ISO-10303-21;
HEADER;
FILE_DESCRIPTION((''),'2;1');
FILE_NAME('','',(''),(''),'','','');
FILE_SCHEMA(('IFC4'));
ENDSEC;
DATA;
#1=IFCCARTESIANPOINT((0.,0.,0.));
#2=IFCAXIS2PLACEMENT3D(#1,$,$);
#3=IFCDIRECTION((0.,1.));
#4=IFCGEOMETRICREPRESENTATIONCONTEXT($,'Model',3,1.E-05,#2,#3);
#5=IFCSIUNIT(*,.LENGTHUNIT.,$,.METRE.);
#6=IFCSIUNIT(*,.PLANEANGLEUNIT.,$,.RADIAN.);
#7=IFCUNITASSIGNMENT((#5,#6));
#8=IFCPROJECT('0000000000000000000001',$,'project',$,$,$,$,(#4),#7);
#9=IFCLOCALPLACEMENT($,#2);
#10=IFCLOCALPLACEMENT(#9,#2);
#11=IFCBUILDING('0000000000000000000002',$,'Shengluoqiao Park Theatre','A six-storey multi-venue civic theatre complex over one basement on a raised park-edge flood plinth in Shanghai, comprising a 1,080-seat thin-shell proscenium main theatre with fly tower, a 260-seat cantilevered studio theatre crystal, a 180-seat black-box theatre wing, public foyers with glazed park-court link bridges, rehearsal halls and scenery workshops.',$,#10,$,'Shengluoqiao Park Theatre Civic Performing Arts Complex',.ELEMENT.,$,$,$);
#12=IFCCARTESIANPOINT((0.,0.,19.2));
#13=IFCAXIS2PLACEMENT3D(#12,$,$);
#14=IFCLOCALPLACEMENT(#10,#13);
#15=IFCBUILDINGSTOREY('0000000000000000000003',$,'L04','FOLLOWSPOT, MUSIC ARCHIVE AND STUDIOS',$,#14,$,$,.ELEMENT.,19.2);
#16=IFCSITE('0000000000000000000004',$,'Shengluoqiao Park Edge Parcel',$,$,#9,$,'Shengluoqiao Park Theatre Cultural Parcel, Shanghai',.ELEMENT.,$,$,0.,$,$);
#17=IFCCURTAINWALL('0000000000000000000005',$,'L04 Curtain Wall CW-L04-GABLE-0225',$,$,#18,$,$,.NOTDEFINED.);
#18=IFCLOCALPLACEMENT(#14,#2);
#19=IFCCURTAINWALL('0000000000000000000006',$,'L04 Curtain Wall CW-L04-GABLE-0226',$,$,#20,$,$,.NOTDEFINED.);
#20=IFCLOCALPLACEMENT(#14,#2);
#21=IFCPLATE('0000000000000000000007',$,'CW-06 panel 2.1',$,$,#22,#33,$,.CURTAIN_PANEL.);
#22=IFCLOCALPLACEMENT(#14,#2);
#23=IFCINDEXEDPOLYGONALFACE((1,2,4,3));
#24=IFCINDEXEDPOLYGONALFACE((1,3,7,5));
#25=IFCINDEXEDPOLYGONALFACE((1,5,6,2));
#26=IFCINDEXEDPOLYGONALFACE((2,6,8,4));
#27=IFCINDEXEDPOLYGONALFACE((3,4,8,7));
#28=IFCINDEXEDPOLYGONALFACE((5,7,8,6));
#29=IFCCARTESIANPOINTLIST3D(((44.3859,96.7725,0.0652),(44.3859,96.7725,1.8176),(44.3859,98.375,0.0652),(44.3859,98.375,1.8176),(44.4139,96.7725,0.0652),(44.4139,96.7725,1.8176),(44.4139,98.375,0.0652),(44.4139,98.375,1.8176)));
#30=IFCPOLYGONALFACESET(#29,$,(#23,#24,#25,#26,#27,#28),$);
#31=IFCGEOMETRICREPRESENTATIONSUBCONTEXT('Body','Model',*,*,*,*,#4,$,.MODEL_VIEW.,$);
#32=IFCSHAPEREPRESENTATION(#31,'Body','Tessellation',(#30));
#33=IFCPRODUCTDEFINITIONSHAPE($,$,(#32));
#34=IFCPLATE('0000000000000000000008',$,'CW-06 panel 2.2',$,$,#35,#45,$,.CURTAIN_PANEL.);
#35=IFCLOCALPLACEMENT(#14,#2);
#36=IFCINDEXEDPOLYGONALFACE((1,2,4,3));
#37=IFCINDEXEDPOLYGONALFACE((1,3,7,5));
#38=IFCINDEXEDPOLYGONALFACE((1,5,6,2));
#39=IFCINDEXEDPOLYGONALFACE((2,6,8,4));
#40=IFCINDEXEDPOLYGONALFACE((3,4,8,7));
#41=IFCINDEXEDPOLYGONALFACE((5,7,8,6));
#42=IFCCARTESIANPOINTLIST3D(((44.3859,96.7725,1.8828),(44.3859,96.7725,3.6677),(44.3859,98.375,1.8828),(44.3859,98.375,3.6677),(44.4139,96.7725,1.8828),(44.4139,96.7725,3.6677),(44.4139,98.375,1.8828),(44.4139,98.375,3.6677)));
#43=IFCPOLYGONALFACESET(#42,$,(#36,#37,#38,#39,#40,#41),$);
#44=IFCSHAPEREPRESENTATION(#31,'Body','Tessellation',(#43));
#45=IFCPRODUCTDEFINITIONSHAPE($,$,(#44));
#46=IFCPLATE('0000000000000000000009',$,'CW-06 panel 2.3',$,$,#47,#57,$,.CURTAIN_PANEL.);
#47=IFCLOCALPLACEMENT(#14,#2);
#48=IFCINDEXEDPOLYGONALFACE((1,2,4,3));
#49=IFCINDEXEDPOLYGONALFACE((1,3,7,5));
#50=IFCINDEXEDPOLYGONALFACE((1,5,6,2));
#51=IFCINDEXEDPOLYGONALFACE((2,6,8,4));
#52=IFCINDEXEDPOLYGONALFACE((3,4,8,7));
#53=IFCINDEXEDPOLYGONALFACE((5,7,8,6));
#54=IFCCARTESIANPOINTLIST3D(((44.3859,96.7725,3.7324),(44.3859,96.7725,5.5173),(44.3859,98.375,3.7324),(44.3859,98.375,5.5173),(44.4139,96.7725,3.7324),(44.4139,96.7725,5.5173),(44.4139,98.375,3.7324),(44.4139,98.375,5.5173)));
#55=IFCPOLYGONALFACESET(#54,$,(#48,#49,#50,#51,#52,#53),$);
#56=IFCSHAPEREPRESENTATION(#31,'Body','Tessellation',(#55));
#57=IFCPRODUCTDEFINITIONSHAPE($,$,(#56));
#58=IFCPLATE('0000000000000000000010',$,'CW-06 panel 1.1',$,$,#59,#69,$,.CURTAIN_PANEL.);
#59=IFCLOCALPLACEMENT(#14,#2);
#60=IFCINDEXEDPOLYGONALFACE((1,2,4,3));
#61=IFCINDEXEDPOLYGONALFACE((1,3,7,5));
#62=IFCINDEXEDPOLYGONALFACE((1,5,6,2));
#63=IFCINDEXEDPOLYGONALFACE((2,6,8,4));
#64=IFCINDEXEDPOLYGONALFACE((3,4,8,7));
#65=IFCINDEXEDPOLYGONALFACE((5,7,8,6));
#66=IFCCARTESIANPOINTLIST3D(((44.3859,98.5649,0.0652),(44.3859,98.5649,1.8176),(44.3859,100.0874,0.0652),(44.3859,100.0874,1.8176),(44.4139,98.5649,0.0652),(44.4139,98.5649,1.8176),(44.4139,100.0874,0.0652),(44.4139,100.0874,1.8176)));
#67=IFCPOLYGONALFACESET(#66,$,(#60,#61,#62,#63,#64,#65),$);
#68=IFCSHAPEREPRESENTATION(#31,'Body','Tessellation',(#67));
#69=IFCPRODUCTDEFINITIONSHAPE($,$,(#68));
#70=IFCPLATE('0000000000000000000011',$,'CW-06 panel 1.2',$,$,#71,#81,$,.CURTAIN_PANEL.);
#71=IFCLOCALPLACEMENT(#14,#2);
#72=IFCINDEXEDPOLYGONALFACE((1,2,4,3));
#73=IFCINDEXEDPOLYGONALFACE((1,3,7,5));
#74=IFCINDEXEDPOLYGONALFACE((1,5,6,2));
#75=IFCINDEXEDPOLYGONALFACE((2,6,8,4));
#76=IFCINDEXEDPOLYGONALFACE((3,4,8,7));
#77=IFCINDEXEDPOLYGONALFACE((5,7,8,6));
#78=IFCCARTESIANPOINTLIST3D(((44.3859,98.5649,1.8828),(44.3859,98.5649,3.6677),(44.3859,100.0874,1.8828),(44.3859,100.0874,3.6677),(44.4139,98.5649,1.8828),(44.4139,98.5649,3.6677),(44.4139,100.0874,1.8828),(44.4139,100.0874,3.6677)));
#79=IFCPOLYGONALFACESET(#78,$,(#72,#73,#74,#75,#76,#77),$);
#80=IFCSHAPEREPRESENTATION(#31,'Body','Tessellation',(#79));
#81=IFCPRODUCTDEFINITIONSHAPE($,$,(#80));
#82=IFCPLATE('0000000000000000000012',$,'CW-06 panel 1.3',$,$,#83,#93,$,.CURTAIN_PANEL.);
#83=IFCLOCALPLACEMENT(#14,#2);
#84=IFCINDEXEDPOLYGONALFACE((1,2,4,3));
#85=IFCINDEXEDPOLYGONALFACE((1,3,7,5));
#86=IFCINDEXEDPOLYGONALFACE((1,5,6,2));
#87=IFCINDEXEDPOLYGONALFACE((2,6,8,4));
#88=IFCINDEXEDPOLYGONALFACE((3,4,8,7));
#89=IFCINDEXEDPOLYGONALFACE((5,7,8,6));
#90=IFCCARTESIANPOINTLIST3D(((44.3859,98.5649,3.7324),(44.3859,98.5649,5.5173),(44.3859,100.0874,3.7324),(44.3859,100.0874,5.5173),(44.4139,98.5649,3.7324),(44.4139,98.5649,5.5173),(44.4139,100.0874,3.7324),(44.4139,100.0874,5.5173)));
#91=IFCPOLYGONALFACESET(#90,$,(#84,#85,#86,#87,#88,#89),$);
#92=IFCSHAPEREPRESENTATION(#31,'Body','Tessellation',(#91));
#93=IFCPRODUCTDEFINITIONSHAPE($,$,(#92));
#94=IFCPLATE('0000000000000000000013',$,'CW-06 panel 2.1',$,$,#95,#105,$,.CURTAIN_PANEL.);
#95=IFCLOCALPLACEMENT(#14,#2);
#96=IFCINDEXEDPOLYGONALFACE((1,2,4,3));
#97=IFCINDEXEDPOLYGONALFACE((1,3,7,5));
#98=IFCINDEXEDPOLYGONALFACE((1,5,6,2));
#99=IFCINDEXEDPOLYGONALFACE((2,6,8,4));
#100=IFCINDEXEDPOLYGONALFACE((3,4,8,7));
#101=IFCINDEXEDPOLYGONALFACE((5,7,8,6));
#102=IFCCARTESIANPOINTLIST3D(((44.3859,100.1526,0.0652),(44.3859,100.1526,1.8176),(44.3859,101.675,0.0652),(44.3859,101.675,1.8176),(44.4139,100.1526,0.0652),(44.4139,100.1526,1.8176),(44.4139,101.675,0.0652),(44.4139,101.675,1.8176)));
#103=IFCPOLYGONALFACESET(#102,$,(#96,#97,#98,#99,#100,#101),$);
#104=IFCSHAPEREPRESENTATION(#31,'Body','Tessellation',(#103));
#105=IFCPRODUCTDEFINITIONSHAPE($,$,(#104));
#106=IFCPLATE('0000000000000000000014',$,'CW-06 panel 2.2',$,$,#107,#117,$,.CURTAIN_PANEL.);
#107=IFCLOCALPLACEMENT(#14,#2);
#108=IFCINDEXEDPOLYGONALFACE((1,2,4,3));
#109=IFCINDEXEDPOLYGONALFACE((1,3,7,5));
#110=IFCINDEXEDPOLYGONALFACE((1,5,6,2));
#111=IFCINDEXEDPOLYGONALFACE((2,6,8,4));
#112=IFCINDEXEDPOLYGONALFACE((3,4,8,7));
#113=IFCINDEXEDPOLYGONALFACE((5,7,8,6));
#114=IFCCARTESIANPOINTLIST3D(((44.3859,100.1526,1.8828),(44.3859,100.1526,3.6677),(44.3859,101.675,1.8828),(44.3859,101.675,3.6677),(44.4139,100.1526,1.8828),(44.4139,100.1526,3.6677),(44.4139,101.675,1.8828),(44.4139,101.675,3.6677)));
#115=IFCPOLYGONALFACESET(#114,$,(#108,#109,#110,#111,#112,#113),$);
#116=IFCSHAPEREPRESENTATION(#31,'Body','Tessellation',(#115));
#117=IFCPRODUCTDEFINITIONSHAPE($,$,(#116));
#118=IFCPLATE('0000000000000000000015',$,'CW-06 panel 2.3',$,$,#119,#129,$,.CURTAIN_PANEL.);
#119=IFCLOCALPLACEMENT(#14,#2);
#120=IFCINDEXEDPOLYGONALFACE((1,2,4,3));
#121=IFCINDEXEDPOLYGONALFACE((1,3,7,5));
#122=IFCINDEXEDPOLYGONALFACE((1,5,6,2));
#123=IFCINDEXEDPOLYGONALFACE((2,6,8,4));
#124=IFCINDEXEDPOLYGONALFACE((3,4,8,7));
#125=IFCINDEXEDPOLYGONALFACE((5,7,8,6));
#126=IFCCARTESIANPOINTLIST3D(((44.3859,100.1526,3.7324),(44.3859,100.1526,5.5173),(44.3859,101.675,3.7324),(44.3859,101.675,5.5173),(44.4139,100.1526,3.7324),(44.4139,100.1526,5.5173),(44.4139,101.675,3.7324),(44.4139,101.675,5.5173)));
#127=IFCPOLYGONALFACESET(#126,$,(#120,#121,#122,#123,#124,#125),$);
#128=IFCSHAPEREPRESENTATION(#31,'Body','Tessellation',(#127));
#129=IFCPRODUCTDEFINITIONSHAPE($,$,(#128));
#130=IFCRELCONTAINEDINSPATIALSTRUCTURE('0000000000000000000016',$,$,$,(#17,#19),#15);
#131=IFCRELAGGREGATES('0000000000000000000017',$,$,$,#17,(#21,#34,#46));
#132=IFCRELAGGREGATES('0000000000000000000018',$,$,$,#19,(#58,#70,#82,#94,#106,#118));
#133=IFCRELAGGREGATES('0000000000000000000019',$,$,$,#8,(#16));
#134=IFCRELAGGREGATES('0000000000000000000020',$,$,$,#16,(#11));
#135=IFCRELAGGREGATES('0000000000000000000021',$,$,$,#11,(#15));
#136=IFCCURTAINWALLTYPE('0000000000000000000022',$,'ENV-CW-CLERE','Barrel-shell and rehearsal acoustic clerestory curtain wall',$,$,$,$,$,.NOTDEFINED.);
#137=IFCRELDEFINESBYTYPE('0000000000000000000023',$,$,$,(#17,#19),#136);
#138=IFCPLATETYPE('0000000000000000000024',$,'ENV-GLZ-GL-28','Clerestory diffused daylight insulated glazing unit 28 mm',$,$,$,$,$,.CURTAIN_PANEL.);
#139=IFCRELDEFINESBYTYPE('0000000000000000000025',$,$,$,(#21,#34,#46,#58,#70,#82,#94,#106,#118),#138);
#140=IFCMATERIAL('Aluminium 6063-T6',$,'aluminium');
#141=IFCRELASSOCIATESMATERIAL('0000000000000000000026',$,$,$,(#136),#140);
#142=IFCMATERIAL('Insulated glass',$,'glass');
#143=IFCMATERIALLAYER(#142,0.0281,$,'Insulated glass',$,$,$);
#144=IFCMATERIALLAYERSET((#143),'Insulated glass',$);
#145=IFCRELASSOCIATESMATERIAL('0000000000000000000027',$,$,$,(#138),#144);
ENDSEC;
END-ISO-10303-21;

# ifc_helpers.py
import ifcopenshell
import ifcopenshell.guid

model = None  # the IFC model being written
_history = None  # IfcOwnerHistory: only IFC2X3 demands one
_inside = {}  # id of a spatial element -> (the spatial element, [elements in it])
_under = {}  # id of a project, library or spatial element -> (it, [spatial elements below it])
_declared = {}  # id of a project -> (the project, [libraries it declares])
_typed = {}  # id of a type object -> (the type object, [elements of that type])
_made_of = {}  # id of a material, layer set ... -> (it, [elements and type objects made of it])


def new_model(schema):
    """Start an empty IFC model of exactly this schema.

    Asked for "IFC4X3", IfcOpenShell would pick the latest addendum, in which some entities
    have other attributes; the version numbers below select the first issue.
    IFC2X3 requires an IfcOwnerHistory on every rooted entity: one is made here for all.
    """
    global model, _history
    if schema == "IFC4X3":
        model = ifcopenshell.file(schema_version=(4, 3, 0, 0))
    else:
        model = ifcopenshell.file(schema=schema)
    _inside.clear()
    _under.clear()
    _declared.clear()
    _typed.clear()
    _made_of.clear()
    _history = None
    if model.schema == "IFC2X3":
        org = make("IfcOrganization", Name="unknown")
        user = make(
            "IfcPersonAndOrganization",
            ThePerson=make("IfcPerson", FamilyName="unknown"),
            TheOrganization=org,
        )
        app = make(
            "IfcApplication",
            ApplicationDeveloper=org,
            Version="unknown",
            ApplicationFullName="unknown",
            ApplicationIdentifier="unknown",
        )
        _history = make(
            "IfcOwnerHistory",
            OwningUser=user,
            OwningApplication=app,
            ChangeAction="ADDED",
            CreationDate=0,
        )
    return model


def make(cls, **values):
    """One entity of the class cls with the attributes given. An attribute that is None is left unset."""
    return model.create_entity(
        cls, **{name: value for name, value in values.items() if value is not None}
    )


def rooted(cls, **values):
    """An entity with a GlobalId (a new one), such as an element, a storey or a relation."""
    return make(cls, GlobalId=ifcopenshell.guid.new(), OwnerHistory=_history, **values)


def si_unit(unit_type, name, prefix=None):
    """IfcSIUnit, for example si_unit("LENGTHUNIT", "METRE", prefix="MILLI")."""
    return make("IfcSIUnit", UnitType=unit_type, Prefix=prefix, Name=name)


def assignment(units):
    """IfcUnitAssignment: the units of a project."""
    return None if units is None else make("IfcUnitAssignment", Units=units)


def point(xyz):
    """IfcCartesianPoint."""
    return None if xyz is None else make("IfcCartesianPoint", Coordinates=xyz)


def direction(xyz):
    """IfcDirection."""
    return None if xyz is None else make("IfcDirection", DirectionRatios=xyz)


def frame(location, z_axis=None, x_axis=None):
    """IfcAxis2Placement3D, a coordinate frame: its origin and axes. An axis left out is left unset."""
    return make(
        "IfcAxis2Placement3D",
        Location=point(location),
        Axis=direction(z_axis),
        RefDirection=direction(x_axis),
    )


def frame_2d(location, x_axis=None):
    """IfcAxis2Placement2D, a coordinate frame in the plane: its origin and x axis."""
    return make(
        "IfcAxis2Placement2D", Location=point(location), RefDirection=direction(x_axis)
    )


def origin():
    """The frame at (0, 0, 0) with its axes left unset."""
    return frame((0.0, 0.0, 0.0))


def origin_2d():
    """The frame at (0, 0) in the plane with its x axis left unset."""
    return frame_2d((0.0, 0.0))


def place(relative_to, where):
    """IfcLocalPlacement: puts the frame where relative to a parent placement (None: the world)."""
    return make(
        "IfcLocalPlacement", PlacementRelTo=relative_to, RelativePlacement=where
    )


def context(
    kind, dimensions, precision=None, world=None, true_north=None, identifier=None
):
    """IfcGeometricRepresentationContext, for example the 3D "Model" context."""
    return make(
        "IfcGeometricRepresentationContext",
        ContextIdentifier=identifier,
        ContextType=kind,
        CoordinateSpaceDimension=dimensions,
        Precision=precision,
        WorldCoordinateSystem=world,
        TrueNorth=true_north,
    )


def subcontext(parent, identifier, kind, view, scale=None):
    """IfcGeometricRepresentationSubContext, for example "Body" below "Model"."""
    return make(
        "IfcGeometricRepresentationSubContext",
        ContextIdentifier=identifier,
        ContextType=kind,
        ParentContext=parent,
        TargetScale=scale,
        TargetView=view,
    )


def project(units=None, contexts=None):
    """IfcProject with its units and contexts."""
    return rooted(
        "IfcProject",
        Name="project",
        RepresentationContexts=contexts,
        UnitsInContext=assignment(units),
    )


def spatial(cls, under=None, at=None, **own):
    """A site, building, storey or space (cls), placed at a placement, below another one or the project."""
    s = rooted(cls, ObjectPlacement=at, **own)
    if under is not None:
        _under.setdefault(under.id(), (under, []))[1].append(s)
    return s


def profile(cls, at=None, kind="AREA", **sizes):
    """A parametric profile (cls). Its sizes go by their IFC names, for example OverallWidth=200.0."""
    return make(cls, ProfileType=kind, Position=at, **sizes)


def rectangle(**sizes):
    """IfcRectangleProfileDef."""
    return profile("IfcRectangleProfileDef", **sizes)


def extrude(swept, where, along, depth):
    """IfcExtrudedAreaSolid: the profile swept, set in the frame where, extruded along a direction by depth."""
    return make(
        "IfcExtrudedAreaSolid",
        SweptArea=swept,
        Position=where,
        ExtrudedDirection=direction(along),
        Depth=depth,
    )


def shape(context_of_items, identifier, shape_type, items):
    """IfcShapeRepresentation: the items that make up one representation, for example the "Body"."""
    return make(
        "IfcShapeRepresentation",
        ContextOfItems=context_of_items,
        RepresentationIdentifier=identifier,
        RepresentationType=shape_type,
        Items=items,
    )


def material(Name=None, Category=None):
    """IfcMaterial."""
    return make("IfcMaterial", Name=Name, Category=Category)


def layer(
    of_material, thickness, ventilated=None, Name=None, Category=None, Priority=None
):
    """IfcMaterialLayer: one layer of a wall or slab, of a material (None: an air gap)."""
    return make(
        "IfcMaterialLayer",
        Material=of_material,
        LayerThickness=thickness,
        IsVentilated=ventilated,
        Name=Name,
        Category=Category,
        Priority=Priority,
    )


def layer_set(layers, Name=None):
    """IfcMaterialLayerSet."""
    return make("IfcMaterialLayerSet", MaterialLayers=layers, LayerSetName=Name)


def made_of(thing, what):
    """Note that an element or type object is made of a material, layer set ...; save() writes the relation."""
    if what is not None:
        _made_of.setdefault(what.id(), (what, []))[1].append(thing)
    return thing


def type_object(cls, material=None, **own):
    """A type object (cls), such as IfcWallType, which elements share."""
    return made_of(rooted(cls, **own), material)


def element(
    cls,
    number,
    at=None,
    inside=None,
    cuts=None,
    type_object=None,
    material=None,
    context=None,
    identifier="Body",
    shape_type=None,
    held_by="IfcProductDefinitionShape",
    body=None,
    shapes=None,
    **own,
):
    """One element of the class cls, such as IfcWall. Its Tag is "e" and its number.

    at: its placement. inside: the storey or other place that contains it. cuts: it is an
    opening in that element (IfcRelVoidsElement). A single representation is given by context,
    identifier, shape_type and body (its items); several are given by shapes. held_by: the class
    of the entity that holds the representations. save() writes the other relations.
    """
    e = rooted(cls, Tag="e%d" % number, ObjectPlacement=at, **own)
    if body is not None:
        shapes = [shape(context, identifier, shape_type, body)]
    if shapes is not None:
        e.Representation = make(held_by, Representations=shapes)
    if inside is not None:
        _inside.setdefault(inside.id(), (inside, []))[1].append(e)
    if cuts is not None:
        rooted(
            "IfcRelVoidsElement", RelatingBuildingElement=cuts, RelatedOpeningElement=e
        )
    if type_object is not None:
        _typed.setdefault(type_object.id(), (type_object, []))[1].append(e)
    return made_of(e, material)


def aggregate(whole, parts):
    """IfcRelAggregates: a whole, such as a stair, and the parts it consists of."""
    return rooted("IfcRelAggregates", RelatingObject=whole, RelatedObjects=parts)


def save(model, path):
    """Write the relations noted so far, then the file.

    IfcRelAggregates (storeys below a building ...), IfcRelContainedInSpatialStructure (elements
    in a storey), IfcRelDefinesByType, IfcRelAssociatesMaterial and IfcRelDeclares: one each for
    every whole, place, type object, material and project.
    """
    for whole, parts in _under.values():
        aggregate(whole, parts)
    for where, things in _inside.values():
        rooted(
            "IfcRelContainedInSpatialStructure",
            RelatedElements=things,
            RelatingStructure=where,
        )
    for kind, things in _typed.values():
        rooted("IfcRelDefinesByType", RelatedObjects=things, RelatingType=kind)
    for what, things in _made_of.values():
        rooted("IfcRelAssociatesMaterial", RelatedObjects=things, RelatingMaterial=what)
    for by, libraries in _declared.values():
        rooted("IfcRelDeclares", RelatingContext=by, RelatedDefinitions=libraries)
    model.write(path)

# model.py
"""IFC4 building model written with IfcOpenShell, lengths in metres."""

from ifc_helpers import new_model, si_unit, direction, frame, origin, origin_2d, place, context, subcontext, project, spatial, rectangle, extrude, material, layer, layer_set, type_object, element, aggregate, save


model = new_model("IFC4")

# Units and contexts
model_context = context("Model", 3, precision=1e-05, world=origin(), true_north=direction((0.0, 1.0)))
body_context = subcontext(model_context, "Body", "Model", "MODEL_VIEW")
ifc_project = project(units=[si_unit("LENGTHUNIT", "METRE"), si_unit("PLANEANGLEUNIT", "RADIAN")], contexts=[model_context])

# Site, building, storey
site_placement = place(None, origin())
site = spatial("IfcSite", under=ifc_project, at=site_placement, Name="Shengluoqiao Park Edge Parcel", LongName="Shengluoqiao Park Theatre Cultural Parcel, Shanghai", CompositionType="ELEMENT", RefElevation=0.0)
building_placement = place(site_placement, origin())
building = spatial("IfcBuilding", under=site, at=building_placement, Name="Shengluoqiao Park Theatre", Description="A six-storey multi-venue civic theatre complex over one basement on a raised park-edge flood plinth in Shanghai, comprising a 1,080-seat thin-shell proscenium main theatre with fly tower, a 260-seat cantilevered studio theatre crystal, a 180-seat black-box theatre wing, public foyers with glazed park-court link bridges, rehearsal halls and scenery workshops.", LongName="Shengluoqiao Park Theatre Civic Performing Arts Complex", CompositionType="ELEMENT")
storey_placement = place(building_placement, frame((0.0, 0.0, 19.2)))
storey = spatial("IfcBuildingStorey", under=building, at=storey_placement, Name="L04", Description="FOLLOWSPOT, MUSIC ARCHIVE AND STUDIOS", CompositionType="ELEMENT", Elevation=19.2)

# Curtain wall
ifc_material_1 = material(Name="Aluminium 6063-T6", Category="aluminium")
curtain_wall_type = type_object("IfcCurtainWallType", Name="ENV-CW-CLERE", Description="Barrel-shell and rehearsal acoustic clerestory curtain wall", PredefinedType="NOTDEFINED", material=ifc_material_1)
curtain_wall_1_placement = place(storey_placement, origin())
curtain_wall_1 = element("IfcCurtainWall", 1, at=curtain_wall_1_placement, inside=storey, type_object=curtain_wall_type, Name="L04 Curtain Wall CW-L04-GABLE-0225", PredefinedType="NOTDEFINED")

# Curtain wall
curtain_wall_2_placement = place(storey_placement, origin())
curtain_wall_2 = element("IfcCurtainWall", 2, at=curtain_wall_2_placement, inside=storey, type_object=curtain_wall_type, Name="L04 Curtain Wall CW-L04-GABLE-0226", PredefinedType="NOTDEFINED")

# Plates
ifc_material_2 = material(Name="Insulated glass", Category="glass")
ifc_layer = layer(ifc_material_2, 0.0281, Name="Insulated glass")
ifc_layer_set = layer_set([ifc_layer], Name="Insulated glass")
plate_type = type_object("IfcPlateType", Name="ENV-GLZ-GL-28", Description="Clerestory diffused daylight insulated glazing unit 28 mm", PredefinedType="CURTAIN_PANEL", material=ifc_layer_set)
plate_1_placement = place(storey_placement, frame((44.3999, 97.5737, 0.0652), z_axis=(0.0, 0.0, 1.0), x_axis=(0.0, 1.0, 0.0)))
plate_1 = element("IfcPlate", 3, at=plate_1_placement, type_object=plate_type, Name="CW-06 panel 2.1", PredefinedType="CURTAIN_PANEL", context=body_context, shape_type="SweptSolid", body=[
    extrude(rectangle(XDim=1.6025, YDim=0.0281, at=origin_2d()), origin(), (0.0, 0.0, 1.0), 1.7524),
])
plate_2_placement = place(storey_placement, frame((44.3999, 97.5737, 1.8828), z_axis=(0.0, 0.0, 1.0), x_axis=(0.0, 1.0, 0.0)))
plate_2 = element("IfcPlate", 4, at=plate_2_placement, type_object=plate_type, Name="CW-06 panel 2.2", PredefinedType="CURTAIN_PANEL", context=body_context, shape_type="SweptSolid", body=[
    extrude(rectangle(XDim=1.6025, YDim=0.0281, at=origin_2d()), origin(), (0.0, 0.0, 1.0), 1.7849),
])
plate_3_placement = place(storey_placement, frame((44.3999, 97.5737, 3.7324), z_axis=(0.0, 0.0, 1.0), x_axis=(0.0, 1.0, 0.0)))
plate_3 = element("IfcPlate", 5, at=plate_3_placement, type_object=plate_type, Name="CW-06 panel 2.3", PredefinedType="CURTAIN_PANEL", context=body_context, shape_type="SweptSolid", body=[
    extrude(rectangle(XDim=1.6025, YDim=0.0281, at=origin_2d()), origin(), (0.0, 0.0, 1.0), 1.7849),
])
aggregate(curtain_wall_1, [plate_1, plate_2, plate_3])
plate_4_placement = place(storey_placement, frame((44.3999, 99.3262, 0.0652), z_axis=(0.0, 0.0, 1.0), x_axis=(0.0, 1.0, 0.0)))
plate_4 = element("IfcPlate", 6, at=plate_4_placement, type_object=plate_type, Name="CW-06 panel 1.1", PredefinedType="CURTAIN_PANEL", context=body_context, shape_type="SweptSolid", body=[
    extrude(rectangle(XDim=1.5225, YDim=0.0281, at=origin_2d()), origin(), (0.0, 0.0, 1.0), 1.7524),
])
plate_5_placement = place(storey_placement, frame((44.3999, 99.3262, 1.8828), z_axis=(0.0, 0.0, 1.0), x_axis=(0.0, 1.0, 0.0)))
plate_5 = element("IfcPlate", 7, at=plate_5_placement, type_object=plate_type, Name="CW-06 panel 1.2", PredefinedType="CURTAIN_PANEL", context=body_context, shape_type="SweptSolid", body=[
    extrude(rectangle(XDim=1.5225, YDim=0.0281, at=origin_2d()), origin(), (0.0, 0.0, 1.0), 1.7849),
])
plate_6_placement = place(storey_placement, frame((44.3999, 99.3262, 3.7324), z_axis=(0.0, 0.0, 1.0), x_axis=(0.0, 1.0, 0.0)))
plate_6 = element("IfcPlate", 8, at=plate_6_placement, type_object=plate_type, Name="CW-06 panel 1.3", PredefinedType="CURTAIN_PANEL", context=body_context, shape_type="SweptSolid", body=[
    extrude(rectangle(XDim=1.5225, YDim=0.0281, at=origin_2d()), origin(), (0.0, 0.0, 1.0), 1.7849),
])
plate_7_placement = place(storey_placement, frame((44.3999, 100.9138, 0.0652), z_axis=(0.0, 0.0, 1.0), x_axis=(0.0, 1.0, 0.0)))
plate_7 = element("IfcPlate", 9, at=plate_7_placement, type_object=plate_type, Name="CW-06 panel 2.1", PredefinedType="CURTAIN_PANEL", context=body_context, shape_type="SweptSolid", body=[
    extrude(rectangle(XDim=1.5225, YDim=0.0281, at=origin_2d()), origin(), (0.0, 0.0, 1.0), 1.7524),
])
plate_8_placement = place(storey_placement, frame((44.3999, 100.9138, 1.8828), z_axis=(0.0, 0.0, 1.0), x_axis=(0.0, 1.0, 0.0)))
plate_8 = element("IfcPlate", 10, at=plate_8_placement, type_object=plate_type, Name="CW-06 panel 2.2", PredefinedType="CURTAIN_PANEL", context=body_context, shape_type="SweptSolid", body=[
    extrude(rectangle(XDim=1.5225, YDim=0.0281, at=origin_2d()), origin(), (0.0, 0.0, 1.0), 1.7849),
])
plate_9_placement = place(storey_placement, frame((44.3999, 100.9138, 3.7324), z_axis=(0.0, 0.0, 1.0), x_axis=(0.0, 1.0, 0.0)))
plate_9 = element("IfcPlate", 11, at=plate_9_placement, type_object=plate_type, Name="CW-06 panel 2.3", PredefinedType="CURTAIN_PANEL", context=body_context, shape_type="SweptSolid", body=[
    extrude(rectangle(XDim=1.5225, YDim=0.0281, at=origin_2d()), origin(), (0.0, 0.0, 1.0), 1.7849),
])
aggregate(curtain_wall_2, [plate_4, plate_5, plate_6, plate_7, plate_8, plate_9])

save(model, "model.ifc")
